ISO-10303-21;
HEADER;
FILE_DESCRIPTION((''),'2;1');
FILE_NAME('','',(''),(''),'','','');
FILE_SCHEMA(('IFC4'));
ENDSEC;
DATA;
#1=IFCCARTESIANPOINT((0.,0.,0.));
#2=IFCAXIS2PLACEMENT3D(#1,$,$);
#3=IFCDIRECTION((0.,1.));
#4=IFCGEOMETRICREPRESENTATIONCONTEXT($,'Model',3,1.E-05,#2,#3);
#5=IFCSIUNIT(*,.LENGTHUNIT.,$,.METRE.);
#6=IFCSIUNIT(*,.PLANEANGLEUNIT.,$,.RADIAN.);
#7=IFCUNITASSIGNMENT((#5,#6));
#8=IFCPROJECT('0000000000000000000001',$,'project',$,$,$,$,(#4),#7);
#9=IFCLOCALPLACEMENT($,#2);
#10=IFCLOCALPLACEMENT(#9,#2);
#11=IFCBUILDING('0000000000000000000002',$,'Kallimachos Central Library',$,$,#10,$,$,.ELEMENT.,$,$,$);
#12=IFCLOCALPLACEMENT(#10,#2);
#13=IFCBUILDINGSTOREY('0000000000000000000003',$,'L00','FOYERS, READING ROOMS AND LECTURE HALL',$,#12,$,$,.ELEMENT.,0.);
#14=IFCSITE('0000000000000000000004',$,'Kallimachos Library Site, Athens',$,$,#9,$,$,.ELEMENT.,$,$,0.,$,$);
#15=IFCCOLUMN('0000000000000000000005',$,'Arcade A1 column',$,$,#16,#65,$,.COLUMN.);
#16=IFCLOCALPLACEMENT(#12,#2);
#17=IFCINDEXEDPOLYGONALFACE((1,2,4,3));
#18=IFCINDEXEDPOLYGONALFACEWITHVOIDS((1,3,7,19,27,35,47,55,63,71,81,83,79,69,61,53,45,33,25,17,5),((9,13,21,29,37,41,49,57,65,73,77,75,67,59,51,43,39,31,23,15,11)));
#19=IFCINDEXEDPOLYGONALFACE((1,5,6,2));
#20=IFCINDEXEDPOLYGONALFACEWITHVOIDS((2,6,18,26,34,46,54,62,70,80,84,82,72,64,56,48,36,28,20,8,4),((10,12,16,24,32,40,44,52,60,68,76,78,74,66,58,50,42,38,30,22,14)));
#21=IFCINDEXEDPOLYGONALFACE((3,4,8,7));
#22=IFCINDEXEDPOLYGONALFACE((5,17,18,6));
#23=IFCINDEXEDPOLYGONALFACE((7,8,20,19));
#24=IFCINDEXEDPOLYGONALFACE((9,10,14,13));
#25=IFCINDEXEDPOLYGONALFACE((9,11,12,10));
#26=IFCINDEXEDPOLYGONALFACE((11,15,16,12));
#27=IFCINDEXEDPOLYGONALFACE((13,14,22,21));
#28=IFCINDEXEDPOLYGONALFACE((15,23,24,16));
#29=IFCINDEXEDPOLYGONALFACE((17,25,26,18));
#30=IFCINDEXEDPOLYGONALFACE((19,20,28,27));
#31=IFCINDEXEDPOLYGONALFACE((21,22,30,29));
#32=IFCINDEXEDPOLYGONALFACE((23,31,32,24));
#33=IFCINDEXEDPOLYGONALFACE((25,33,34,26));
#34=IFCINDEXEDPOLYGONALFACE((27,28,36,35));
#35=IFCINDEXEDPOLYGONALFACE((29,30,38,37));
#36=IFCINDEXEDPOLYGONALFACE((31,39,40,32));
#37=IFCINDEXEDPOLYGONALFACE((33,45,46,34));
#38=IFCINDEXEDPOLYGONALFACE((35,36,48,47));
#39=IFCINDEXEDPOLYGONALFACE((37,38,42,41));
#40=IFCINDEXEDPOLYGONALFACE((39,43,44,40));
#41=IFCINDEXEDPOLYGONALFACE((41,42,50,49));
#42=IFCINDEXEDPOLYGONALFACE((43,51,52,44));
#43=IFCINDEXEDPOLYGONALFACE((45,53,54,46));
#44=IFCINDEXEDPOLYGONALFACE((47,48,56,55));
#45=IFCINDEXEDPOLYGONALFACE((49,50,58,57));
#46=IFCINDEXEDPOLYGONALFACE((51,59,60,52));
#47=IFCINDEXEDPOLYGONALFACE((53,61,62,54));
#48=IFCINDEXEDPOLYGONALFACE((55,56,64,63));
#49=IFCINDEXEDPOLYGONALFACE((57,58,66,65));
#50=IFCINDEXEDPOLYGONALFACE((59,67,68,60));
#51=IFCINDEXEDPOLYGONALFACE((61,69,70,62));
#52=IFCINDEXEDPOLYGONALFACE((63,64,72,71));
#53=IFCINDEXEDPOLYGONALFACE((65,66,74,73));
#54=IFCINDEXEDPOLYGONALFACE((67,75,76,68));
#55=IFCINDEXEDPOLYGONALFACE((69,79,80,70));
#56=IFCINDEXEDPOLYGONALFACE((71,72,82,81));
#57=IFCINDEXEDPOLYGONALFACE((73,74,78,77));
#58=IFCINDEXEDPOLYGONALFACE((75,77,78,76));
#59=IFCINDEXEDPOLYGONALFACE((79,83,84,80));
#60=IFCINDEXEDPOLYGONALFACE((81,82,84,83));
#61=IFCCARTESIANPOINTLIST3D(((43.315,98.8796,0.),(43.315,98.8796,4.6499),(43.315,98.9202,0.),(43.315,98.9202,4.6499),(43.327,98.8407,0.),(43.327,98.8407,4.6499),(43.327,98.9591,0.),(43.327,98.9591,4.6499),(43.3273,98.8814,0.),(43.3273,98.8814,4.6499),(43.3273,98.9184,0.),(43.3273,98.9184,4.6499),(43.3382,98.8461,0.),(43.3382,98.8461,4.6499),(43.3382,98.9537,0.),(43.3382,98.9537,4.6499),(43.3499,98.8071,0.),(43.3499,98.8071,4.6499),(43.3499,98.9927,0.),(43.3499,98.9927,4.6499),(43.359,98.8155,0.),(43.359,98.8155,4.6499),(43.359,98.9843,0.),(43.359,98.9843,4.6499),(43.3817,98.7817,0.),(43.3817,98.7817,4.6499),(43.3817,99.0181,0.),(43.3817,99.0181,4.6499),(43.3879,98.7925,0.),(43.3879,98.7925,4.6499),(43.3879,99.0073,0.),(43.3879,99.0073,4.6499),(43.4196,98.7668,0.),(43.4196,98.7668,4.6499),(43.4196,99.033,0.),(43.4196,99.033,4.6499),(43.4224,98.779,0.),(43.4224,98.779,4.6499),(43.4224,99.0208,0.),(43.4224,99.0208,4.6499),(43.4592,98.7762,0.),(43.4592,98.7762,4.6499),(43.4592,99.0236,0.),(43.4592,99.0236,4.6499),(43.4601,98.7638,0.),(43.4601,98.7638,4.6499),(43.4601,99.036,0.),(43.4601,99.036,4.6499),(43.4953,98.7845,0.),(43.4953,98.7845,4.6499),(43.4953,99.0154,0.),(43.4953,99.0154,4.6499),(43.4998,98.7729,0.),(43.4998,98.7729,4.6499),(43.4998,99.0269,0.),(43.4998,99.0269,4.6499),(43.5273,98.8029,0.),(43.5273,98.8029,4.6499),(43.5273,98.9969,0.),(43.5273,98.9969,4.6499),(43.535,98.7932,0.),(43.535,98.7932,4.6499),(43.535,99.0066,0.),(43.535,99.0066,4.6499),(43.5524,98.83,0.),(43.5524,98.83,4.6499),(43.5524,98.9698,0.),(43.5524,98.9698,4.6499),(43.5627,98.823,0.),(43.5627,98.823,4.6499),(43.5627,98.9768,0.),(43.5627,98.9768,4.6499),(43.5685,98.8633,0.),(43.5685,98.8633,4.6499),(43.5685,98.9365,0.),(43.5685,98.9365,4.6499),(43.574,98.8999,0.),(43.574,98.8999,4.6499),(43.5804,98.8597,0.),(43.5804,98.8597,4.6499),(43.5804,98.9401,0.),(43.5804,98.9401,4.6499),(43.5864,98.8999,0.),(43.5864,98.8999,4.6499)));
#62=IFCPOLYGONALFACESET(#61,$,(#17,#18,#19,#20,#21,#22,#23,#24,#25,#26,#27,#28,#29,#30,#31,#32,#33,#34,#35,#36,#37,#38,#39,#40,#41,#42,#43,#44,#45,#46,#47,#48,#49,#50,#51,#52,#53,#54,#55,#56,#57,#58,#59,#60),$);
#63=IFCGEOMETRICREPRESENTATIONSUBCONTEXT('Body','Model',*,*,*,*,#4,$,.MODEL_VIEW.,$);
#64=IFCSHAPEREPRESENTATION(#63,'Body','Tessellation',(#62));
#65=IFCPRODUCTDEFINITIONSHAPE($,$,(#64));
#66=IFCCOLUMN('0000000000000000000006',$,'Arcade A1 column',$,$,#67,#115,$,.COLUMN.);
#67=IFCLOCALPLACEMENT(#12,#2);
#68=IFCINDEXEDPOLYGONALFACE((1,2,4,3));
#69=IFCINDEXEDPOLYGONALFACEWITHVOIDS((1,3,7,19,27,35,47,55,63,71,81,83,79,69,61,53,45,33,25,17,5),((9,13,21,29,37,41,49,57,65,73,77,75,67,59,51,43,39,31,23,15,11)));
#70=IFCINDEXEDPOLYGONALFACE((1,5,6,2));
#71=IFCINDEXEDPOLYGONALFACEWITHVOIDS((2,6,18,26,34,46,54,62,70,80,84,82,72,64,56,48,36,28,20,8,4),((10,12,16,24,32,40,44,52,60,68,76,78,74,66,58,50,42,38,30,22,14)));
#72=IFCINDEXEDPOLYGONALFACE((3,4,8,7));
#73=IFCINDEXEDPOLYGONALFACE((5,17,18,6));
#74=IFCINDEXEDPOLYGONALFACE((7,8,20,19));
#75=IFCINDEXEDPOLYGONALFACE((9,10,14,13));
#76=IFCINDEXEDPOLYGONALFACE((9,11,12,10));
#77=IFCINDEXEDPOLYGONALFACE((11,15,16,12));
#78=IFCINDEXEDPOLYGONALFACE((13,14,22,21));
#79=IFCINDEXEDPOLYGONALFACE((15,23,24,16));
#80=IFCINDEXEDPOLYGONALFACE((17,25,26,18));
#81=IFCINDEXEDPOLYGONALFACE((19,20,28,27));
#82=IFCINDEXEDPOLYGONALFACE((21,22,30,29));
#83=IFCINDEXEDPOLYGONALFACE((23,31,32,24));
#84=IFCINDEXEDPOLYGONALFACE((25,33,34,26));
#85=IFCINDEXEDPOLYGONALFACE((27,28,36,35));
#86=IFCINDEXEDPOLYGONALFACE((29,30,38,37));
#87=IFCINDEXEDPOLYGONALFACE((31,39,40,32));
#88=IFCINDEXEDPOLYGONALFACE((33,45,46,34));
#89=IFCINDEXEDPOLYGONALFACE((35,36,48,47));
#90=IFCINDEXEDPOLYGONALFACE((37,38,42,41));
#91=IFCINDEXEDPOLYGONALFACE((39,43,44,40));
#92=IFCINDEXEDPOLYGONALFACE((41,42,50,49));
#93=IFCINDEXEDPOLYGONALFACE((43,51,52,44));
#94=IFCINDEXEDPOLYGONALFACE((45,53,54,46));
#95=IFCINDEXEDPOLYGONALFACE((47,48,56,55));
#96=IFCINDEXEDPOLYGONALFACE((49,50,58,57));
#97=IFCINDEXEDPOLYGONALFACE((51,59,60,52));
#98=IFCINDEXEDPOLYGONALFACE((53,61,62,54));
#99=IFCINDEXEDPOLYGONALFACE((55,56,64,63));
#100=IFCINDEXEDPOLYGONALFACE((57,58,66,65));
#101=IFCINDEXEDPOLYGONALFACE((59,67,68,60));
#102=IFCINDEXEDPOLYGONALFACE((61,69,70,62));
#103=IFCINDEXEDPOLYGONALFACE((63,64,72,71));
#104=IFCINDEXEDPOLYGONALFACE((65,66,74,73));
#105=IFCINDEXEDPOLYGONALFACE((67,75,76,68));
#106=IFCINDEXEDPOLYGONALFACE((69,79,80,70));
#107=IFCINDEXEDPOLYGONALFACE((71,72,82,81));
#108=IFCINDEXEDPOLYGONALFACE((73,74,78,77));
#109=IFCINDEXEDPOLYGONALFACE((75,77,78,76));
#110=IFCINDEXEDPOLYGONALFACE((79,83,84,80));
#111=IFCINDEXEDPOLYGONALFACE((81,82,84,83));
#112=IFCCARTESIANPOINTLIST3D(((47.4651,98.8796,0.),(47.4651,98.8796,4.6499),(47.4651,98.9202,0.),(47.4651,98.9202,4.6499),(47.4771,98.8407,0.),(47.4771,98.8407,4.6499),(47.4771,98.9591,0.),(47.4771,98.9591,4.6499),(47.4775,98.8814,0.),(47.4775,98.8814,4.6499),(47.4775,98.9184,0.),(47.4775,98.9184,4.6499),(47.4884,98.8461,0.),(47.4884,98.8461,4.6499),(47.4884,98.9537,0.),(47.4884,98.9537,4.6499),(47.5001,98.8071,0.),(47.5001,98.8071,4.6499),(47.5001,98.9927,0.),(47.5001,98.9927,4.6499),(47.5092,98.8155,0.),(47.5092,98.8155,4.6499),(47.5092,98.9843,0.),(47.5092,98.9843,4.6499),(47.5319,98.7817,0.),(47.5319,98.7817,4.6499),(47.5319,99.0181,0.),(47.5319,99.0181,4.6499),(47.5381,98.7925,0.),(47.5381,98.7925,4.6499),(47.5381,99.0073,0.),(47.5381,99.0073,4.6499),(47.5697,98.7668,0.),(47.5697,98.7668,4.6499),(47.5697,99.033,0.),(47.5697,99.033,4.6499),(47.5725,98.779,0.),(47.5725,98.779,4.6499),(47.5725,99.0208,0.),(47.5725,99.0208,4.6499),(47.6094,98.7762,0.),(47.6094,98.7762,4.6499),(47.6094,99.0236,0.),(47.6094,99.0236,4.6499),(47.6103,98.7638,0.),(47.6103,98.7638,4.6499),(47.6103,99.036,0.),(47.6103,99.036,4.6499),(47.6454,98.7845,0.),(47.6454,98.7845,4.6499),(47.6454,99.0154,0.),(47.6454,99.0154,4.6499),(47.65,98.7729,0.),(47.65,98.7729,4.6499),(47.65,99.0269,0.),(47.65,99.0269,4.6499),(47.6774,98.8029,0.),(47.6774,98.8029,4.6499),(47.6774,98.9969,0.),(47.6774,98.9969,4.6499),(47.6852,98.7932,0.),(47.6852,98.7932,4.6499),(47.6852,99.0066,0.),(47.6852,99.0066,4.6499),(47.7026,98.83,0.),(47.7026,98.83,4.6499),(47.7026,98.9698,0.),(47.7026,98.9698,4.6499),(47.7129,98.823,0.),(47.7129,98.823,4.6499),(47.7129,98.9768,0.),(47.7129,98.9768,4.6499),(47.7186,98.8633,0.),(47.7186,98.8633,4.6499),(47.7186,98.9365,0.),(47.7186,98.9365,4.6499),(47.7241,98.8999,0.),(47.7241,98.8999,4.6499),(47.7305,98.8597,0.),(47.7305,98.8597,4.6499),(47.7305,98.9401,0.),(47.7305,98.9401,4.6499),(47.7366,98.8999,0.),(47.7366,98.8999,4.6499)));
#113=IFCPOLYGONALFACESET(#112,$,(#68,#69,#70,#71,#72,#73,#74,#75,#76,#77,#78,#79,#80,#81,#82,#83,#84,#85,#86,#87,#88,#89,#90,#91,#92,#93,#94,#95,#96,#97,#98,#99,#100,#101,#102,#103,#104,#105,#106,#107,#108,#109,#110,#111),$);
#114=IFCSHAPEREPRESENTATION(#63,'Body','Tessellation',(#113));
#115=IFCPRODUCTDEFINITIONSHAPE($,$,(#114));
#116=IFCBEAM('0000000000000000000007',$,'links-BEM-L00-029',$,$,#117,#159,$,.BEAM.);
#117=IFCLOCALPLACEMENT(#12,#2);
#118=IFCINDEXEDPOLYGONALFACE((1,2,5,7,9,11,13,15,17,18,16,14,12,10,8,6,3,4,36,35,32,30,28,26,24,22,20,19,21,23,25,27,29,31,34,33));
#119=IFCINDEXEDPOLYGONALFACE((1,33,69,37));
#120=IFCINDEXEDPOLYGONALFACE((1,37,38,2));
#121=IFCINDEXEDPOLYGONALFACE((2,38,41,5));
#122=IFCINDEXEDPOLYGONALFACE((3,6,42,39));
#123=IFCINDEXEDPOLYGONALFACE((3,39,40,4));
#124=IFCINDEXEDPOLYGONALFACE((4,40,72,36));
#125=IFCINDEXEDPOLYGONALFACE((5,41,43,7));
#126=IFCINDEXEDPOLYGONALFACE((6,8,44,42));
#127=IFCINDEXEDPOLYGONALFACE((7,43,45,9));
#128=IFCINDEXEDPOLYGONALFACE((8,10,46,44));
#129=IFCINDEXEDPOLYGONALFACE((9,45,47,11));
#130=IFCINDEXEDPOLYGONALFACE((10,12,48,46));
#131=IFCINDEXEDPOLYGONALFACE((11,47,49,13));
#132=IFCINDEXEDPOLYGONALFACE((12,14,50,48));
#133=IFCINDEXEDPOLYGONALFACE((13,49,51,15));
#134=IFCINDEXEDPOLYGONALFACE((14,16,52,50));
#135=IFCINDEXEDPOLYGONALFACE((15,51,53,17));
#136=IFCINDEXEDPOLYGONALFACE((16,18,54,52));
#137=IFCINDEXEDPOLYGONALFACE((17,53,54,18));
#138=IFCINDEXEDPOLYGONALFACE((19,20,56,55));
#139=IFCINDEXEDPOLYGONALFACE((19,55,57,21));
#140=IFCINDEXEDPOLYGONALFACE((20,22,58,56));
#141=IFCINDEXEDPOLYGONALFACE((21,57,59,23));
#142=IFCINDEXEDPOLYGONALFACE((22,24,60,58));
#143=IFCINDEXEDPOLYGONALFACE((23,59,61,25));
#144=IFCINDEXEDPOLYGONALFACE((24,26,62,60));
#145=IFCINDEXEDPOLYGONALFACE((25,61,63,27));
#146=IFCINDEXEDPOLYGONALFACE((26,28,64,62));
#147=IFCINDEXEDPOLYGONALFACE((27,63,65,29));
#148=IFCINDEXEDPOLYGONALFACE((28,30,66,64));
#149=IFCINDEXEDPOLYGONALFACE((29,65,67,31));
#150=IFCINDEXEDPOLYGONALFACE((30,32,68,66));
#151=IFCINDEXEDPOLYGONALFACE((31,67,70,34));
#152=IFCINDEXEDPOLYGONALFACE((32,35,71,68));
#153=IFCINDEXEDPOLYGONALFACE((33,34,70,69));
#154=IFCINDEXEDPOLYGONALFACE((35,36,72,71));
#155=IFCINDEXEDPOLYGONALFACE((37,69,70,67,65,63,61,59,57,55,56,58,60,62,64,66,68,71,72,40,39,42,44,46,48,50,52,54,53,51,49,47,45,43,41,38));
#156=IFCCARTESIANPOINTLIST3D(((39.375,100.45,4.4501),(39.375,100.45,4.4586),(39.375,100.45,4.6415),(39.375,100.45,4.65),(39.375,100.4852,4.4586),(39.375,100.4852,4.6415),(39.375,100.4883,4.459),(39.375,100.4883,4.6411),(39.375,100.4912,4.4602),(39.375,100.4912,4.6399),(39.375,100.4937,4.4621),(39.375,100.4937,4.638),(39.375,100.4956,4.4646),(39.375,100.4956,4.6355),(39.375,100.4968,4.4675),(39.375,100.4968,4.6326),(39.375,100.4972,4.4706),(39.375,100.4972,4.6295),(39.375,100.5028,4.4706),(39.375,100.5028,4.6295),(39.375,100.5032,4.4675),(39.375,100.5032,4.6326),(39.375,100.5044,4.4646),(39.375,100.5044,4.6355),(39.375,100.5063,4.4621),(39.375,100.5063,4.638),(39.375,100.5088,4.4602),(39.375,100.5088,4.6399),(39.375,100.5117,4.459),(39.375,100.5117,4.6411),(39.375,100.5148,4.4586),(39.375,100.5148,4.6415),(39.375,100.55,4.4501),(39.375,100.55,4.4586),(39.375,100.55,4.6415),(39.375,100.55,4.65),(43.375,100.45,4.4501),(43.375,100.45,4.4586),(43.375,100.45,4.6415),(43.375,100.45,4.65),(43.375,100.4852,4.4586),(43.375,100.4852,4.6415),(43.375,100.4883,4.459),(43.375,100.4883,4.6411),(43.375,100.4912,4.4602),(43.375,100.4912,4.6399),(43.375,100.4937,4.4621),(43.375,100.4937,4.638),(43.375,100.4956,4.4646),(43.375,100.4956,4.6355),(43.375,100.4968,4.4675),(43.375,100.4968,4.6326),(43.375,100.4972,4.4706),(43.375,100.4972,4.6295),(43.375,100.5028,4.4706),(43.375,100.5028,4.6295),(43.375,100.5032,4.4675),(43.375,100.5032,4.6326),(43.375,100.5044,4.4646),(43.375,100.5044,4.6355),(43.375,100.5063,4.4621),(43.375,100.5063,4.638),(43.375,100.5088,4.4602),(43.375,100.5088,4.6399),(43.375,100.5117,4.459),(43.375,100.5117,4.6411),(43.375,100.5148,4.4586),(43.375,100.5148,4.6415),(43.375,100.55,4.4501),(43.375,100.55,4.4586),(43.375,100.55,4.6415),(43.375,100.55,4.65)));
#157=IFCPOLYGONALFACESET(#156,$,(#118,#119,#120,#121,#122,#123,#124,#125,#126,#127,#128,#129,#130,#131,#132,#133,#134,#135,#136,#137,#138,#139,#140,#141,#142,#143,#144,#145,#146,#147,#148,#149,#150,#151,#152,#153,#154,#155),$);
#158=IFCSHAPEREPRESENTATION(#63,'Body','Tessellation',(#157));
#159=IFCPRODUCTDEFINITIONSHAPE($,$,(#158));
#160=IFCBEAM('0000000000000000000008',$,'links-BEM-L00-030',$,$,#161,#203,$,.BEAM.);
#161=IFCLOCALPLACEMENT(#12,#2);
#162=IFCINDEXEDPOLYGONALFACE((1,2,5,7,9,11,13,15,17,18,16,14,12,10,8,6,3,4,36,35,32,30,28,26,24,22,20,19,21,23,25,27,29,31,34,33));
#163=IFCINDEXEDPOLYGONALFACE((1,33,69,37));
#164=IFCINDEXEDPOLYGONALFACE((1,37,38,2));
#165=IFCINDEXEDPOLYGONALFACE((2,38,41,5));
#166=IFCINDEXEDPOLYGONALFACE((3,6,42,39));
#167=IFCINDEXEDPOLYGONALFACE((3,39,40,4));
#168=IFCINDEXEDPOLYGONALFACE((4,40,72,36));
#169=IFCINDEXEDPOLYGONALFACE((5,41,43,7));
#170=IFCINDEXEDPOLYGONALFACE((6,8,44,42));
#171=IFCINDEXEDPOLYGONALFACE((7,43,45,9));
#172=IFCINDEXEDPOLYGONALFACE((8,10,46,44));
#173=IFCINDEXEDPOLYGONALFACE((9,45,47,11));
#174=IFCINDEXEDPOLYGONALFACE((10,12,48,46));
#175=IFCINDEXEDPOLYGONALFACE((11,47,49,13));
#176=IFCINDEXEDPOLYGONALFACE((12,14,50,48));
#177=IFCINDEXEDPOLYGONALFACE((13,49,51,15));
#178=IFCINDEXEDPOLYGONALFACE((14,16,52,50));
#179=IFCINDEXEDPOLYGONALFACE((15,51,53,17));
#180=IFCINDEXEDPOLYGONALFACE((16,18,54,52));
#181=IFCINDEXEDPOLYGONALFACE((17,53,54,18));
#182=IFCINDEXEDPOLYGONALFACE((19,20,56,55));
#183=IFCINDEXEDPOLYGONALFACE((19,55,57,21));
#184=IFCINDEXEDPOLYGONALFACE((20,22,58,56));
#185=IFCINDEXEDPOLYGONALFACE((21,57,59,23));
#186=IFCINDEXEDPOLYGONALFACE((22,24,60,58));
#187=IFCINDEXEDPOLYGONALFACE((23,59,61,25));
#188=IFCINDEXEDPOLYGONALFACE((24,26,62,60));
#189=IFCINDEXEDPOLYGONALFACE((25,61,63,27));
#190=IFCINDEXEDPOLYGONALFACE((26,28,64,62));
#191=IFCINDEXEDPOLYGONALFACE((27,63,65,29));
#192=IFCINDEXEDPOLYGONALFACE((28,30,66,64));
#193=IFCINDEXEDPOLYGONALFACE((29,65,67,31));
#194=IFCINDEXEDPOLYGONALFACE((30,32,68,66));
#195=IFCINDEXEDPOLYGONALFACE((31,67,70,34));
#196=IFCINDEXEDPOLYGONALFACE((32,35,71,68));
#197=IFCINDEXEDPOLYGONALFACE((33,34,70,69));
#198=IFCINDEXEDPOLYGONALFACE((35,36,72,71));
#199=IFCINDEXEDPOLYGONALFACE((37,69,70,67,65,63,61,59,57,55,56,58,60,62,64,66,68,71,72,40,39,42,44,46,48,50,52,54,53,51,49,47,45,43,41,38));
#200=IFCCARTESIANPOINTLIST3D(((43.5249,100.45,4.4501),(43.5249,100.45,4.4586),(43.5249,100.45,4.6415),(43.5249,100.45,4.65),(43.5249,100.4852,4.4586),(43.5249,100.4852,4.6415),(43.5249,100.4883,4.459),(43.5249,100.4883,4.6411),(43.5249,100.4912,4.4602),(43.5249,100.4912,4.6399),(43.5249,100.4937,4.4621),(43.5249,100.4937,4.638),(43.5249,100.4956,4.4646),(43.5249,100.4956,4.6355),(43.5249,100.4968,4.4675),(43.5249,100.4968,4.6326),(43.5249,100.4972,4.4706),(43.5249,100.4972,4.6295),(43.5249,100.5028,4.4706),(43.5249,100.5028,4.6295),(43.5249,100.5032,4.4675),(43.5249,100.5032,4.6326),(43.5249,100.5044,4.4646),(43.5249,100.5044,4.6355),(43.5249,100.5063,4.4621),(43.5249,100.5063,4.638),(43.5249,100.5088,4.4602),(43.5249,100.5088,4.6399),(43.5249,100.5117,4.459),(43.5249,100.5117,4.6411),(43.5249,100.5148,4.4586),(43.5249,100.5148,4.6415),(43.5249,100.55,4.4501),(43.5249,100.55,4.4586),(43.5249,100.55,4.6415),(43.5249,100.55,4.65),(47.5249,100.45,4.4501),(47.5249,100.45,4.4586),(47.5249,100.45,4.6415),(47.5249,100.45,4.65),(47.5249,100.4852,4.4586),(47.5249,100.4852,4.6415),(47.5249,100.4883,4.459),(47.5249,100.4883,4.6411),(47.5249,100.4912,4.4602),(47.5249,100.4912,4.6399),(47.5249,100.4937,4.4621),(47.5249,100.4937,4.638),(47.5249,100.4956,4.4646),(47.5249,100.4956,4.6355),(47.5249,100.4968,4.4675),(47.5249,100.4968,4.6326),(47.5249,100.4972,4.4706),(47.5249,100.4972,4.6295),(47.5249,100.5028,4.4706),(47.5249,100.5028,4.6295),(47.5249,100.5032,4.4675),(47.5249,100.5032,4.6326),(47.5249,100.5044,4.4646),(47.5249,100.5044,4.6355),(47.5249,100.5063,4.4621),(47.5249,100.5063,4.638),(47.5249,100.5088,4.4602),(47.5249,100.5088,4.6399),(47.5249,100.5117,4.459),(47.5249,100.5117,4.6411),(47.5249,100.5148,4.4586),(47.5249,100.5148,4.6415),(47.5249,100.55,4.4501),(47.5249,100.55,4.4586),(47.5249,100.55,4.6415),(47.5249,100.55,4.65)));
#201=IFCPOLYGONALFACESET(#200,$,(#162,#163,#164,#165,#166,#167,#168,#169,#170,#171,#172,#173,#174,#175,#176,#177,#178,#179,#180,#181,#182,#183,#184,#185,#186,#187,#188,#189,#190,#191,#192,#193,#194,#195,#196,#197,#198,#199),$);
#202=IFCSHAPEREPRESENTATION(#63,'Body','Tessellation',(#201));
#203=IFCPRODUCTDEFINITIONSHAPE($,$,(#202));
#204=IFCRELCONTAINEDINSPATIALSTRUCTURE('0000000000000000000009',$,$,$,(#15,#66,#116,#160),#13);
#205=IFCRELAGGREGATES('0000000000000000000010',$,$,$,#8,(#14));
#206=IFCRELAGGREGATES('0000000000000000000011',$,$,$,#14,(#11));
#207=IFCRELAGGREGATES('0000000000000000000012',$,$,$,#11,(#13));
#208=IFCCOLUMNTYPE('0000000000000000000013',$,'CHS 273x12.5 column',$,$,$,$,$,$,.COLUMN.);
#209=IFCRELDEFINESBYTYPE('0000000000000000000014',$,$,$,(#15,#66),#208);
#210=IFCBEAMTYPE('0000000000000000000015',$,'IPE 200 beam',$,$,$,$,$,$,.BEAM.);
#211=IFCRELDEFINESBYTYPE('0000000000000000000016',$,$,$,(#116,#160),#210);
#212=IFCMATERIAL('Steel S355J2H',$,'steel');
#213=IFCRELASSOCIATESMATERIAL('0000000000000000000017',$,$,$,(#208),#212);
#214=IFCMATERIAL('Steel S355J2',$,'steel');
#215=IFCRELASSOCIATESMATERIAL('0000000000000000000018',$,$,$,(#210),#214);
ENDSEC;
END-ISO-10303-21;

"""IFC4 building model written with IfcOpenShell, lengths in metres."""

from ifc_helpers import new_model, si_unit, direction, frame, origin, origin_2d, place, context, subcontext, project, spatial, hollow_circle, i_section, extrude, material, material_profile, profile_set, type_object, element, save


model = new_model("IFC4")

# Units and contexts
model_context = context("Model", 3, precision=1e-05, world=origin(), true_north=direction((0.0, 1.0)))
body_context = subcontext(model_context, "Body", "Model", "MODEL_VIEW")
ifc_project = project(units=[si_unit("LENGTHUNIT", "METRE"), si_unit("PLANEANGLEUNIT", "RADIAN")], contexts=[model_context])

# Site, building, storey
site_placement = place(None, origin())
site = spatial("IfcSite", under=ifc_project, at=site_placement, Name="Kallimachos Library Site, Athens", CompositionType="ELEMENT", RefElevation=0.0)
building_placement = place(site_placement, origin())
building = spatial("IfcBuilding", under=site, at=building_placement, Name="Kallimachos Central Library", CompositionType="ELEMENT")
storey_placement = place(building_placement, origin())
storey = spatial("IfcBuildingStorey", under=building, at=storey_placement, Name="L00", Description="FOYERS, READING ROOMS AND LECTURE HALL", CompositionType="ELEMENT", Elevation=0.0)

# Columns
ifc_material_1 = material(Name="Steel S355J2H", Category="steel")
ifc_material_profile_1 = material_profile(ifc_material_1, hollow_circle(Radius=0.1365, WallThickness=0.0125, at=origin_2d()), Name="CHS 273x12.5")
ifc_profile_set_1 = profile_set([ifc_material_profile_1], Name="Steel S355J2H")
column_type = type_object("IfcColumnType", Name="CHS 273x12.5 column", PredefinedType="COLUMN", material=ifc_profile_set_1)
for number, where, z_axis, x_axis, name in (
    (1, (43.45, 98.8999, 0.0), (0.0, 0.0, 1.0), (1.0, 0.0, 0.0), "Arcade A1 column"),
    (2, (47.6001, 98.8999, 0.0), (0.0, 0.0, 1.0), (1.0, 0.0, 0.0), "Arcade A1 column"),
):
    element("IfcColumn", number, at=place(storey_placement, frame(where, z_axis=z_axis, x_axis=x_axis)), inside=storey, type_object=column_type, Name=name, PredefinedType="COLUMN", context=body_context, shape_type="SweptSolid", body=[
        extrude(hollow_circle(Radius=0.1365, WallThickness=0.0125, at=origin_2d()), origin(), (0.0, 0.0, 1.0), 4.6499),
    ])

# Beams
ifc_material_2 = material(Name="Steel S355J2", Category="steel")
ifc_material_profile_2 = material_profile(ifc_material_2, i_section(OverallWidth=0.1001, OverallDepth=0.2, WebThickness=0.0056, FlangeThickness=0.0085, FilletRadius=0.012, at=origin_2d()), Name="IPE 200")
ifc_profile_set_2 = profile_set([ifc_material_profile_2], Name="Steel S355J2")
beam_type_1 = type_object("IfcBeamType", Name="IPE 200 beam", PredefinedType="BEAM", material=ifc_profile_set_2)
for number, where, z_axis, x_axis, name in (
    (3, (39.375, 100.5, 4.55), (1.0, 0.0, 0.0), (0.0, 1.0, 0.0), "links-BEM-L00-029"),
    (4, (43.5249, 100.5, 4.55), (1.0, 0.0, 0.0), (0.0, 1.0, 0.0), "links-BEM-L00-030"),
):
    element("IfcBeam", number, at=place(storey_placement, frame(where, z_axis=z_axis, x_axis=x_axis)), inside=storey, type_object=beam_type_1, Name=name, PredefinedType="BEAM", context=body_context, shape_type="SweptSolid", body=[
        extrude(i_section(OverallWidth=0.1001, OverallDepth=0.2, WebThickness=0.0056, FlangeThickness=0.0085, FilletRadius=0.012, at=origin_2d()), origin(), (0.0, 0.0, 1.0), 4.0),
    ])

save(model, "model.ifc")
